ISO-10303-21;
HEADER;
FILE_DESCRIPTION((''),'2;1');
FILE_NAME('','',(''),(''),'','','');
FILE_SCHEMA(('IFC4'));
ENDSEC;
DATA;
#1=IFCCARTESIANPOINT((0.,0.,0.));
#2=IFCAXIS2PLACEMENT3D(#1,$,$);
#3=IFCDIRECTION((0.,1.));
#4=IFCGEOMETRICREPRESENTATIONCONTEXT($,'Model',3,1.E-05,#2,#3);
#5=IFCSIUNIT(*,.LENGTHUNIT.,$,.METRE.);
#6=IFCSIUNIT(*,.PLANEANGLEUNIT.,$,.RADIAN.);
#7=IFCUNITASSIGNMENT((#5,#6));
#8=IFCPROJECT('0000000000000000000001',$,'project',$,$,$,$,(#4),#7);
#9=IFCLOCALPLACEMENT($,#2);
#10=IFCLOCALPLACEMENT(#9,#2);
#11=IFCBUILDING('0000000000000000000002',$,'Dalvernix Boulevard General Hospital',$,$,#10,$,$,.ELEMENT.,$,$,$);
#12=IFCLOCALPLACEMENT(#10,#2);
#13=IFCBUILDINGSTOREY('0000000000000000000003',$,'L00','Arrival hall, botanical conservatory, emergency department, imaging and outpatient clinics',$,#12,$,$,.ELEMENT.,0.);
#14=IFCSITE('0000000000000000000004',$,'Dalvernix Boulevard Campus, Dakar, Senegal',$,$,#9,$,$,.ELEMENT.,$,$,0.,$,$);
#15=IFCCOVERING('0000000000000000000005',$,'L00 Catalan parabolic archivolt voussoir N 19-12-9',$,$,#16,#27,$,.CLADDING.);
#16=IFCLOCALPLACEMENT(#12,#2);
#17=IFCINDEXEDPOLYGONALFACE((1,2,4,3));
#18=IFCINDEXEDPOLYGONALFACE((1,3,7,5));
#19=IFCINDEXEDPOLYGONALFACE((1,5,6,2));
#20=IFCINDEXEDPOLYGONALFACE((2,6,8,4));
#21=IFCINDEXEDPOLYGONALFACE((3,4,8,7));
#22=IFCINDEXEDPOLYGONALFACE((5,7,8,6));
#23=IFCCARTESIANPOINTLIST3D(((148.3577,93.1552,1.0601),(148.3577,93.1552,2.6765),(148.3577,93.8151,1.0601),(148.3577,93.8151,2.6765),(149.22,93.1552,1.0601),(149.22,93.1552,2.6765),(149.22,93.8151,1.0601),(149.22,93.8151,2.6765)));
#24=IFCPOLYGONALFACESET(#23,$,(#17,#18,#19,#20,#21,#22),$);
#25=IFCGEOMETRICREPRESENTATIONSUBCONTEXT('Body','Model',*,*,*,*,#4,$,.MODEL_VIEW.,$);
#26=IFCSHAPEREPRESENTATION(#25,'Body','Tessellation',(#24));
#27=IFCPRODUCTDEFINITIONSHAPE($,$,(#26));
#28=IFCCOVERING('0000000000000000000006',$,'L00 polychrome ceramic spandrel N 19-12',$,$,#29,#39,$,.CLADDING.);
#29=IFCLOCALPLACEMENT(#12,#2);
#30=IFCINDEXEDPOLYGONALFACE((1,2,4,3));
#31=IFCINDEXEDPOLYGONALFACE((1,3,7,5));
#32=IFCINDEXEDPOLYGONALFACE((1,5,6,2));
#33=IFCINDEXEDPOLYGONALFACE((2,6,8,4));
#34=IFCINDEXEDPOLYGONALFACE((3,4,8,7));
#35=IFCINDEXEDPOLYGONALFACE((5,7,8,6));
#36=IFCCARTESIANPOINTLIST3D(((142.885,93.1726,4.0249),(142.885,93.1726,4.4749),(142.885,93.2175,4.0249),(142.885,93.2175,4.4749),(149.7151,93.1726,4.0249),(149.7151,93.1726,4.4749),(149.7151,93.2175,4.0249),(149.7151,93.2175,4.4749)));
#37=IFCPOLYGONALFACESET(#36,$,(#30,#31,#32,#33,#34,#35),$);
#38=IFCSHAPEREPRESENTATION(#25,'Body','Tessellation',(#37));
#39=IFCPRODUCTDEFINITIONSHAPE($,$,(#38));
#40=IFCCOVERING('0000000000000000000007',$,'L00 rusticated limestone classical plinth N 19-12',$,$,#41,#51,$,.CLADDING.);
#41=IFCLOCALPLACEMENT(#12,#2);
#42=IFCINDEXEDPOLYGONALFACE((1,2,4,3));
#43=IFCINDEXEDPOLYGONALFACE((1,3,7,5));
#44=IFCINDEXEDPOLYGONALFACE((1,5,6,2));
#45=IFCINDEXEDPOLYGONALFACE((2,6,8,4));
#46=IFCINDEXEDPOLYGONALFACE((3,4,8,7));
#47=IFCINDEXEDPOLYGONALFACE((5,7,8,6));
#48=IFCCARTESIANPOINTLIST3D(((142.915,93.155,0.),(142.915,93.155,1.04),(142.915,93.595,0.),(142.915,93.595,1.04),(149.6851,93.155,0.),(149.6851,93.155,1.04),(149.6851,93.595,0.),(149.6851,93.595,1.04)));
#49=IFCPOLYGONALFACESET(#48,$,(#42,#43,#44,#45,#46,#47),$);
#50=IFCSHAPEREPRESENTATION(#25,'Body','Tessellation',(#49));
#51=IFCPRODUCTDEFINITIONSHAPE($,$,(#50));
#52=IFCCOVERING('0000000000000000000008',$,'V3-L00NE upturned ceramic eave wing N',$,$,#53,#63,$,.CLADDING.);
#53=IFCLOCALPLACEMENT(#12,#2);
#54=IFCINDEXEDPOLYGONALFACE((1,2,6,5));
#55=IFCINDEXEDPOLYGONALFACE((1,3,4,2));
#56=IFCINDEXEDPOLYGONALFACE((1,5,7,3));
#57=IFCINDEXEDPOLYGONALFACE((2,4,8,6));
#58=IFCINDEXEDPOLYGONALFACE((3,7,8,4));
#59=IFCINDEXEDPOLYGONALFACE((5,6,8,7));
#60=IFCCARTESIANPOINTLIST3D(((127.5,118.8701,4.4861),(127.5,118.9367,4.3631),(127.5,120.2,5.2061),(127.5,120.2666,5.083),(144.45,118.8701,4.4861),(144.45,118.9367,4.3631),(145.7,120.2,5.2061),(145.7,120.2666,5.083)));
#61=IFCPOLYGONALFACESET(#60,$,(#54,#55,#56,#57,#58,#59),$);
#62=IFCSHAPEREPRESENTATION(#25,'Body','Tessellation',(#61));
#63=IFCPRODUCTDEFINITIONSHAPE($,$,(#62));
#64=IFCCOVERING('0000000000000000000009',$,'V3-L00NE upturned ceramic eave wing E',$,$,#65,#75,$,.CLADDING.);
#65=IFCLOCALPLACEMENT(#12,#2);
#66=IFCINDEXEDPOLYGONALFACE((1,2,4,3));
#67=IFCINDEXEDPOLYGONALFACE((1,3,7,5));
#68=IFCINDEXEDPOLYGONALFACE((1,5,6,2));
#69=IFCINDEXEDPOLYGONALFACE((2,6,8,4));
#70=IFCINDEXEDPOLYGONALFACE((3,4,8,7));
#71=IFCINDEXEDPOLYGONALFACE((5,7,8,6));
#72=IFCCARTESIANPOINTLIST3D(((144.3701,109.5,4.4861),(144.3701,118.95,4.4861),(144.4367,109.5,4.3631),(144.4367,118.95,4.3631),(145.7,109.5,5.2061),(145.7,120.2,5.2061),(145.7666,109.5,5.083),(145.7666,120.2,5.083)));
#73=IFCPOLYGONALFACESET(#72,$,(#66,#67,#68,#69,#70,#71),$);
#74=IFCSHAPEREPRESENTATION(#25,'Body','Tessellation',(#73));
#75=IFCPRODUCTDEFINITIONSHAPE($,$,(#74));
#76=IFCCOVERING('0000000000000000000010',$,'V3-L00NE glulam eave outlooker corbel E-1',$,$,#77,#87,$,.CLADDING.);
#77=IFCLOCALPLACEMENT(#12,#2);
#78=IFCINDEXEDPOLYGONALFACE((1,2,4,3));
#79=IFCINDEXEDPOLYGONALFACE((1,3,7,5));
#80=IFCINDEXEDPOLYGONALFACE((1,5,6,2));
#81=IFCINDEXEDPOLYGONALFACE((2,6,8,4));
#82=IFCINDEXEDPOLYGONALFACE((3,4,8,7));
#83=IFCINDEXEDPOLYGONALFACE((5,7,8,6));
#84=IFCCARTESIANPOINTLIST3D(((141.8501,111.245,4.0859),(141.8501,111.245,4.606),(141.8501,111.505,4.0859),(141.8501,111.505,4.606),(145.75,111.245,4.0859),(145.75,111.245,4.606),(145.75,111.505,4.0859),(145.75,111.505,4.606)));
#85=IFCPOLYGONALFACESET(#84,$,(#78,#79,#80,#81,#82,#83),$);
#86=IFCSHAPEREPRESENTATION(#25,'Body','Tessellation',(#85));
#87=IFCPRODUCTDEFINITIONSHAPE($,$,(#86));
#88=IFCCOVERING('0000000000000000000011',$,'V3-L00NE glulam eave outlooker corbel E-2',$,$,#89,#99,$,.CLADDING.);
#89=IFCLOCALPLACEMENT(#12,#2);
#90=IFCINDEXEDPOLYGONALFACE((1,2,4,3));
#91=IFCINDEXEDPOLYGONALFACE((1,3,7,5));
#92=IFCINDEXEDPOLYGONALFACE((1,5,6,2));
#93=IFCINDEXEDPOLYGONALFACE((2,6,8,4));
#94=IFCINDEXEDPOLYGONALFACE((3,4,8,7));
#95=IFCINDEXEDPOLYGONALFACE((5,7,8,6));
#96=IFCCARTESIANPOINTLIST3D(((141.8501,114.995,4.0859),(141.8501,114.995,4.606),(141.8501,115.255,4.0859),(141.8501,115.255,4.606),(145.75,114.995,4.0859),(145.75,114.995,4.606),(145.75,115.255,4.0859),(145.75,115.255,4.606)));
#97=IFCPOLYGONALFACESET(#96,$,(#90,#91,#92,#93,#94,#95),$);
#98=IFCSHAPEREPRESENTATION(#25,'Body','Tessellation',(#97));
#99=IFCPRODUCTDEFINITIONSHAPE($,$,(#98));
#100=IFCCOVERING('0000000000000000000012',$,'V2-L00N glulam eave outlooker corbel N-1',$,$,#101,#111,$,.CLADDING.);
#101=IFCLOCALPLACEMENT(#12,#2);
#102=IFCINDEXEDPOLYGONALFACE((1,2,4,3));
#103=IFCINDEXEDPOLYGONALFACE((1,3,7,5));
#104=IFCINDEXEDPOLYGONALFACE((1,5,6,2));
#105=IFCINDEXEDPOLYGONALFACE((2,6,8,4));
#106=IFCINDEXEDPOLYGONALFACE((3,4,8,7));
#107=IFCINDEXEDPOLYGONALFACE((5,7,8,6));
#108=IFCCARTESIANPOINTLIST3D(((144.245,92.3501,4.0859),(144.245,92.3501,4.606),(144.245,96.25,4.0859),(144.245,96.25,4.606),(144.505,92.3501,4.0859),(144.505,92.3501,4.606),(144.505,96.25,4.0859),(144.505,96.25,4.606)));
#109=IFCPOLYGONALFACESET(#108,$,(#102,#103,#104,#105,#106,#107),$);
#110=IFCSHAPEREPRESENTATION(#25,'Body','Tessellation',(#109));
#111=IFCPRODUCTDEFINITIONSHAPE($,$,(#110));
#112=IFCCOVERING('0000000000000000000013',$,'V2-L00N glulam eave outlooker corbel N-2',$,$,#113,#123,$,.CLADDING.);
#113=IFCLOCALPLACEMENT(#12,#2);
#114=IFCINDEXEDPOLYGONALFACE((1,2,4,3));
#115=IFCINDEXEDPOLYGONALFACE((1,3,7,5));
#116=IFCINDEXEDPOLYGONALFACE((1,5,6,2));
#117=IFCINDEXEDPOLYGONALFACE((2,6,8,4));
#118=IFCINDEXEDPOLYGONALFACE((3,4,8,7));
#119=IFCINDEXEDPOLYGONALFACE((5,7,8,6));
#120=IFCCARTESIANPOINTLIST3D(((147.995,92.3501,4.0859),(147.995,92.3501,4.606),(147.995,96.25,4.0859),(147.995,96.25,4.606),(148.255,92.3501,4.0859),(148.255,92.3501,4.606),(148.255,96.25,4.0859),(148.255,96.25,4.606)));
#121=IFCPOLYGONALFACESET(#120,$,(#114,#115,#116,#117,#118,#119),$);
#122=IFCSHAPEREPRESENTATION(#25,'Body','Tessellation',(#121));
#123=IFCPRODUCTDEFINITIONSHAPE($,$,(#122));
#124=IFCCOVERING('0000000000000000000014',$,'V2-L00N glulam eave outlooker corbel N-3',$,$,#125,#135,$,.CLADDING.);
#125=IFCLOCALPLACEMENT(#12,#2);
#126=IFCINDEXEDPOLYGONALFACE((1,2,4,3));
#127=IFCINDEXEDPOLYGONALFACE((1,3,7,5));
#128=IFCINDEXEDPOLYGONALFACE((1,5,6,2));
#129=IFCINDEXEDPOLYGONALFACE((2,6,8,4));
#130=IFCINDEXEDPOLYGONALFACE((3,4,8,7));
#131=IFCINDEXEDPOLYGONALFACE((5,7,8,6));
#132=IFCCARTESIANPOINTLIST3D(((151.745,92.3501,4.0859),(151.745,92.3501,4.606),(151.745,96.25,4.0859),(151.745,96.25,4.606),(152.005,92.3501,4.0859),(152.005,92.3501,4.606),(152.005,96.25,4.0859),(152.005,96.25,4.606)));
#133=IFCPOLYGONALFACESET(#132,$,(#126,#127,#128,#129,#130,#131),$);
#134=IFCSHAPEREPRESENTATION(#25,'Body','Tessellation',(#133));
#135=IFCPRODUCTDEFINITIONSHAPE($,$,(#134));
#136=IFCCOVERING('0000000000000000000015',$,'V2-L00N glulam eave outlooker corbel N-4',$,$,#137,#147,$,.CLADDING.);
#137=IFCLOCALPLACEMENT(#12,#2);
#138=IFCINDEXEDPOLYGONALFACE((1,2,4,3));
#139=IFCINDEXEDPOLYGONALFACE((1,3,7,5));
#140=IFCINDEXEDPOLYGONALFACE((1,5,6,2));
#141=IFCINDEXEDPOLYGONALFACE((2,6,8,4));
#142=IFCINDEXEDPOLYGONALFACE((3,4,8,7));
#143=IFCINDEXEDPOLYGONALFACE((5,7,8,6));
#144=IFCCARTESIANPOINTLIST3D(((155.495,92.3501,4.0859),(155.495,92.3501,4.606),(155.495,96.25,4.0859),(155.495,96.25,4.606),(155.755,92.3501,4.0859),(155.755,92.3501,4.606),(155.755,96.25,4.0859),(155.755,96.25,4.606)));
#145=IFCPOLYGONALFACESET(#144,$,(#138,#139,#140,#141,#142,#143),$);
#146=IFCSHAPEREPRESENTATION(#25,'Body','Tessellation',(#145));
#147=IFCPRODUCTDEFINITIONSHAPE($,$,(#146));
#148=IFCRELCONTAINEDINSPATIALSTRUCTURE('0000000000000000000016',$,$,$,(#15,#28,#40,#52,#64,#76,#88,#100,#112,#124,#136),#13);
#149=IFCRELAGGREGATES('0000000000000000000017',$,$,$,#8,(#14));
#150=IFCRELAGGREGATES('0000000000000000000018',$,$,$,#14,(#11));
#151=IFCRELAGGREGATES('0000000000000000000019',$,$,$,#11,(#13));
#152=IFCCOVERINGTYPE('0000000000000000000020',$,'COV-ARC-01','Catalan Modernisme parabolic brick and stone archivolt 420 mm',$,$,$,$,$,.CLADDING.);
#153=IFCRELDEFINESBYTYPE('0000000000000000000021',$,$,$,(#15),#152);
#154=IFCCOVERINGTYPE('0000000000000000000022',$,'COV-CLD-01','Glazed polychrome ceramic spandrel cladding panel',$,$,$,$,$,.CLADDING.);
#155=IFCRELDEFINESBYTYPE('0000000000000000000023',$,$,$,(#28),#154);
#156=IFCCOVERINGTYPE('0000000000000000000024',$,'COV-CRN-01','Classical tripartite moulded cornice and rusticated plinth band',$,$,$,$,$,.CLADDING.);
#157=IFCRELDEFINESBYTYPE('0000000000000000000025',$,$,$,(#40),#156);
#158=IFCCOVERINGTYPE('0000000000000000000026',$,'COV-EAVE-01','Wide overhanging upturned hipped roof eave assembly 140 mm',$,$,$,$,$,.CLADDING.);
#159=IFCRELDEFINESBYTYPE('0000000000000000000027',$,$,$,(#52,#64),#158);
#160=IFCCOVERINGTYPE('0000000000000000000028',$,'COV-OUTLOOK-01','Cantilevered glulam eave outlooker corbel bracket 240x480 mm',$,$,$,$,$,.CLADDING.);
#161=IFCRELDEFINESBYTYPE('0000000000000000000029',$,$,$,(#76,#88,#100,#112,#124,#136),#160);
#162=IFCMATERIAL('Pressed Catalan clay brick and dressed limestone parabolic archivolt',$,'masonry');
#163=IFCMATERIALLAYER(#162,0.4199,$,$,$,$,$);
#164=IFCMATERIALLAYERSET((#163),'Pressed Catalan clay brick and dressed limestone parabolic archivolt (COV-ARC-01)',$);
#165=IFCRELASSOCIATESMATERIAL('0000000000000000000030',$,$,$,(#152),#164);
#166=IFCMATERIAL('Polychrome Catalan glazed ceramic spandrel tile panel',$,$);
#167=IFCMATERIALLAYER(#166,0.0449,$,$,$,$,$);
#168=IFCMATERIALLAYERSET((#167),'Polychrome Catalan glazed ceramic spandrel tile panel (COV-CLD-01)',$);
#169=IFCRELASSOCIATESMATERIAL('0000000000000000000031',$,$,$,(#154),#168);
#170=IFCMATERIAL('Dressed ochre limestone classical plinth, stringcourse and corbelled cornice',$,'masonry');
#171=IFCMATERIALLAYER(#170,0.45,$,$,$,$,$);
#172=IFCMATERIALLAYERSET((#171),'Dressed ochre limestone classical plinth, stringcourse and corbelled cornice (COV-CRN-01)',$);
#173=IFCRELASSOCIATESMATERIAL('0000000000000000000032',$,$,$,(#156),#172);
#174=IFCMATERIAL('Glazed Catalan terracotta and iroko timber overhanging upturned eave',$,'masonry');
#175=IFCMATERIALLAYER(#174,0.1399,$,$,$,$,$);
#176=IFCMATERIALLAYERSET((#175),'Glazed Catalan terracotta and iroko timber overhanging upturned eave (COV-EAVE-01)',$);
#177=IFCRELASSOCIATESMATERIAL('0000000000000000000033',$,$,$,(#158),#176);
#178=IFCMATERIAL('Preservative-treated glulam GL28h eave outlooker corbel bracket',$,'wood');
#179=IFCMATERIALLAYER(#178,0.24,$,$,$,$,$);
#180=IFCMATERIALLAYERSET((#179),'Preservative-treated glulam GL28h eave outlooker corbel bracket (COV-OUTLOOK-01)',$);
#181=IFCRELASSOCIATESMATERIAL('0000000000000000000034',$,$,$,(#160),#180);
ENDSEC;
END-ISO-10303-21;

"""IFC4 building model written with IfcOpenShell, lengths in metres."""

from ifc_helpers import new_model, si_unit, direction, frame, origin, origin_2d, place, context, subcontext, project, spatial, polyline, rectangle, outline, extrude, material, layer, layer_set, type_object, element, save


model = new_model("IFC4")

# Units and contexts
model_context = context("Model", 3, precision=1e-05, world=origin(), true_north=direction((0.0, 1.0)))
body_context = subcontext(model_context, "Body", "Model", "MODEL_VIEW")
ifc_project = project(units=[si_unit("LENGTHUNIT", "METRE"), si_unit("PLANEANGLEUNIT", "RADIAN")], contexts=[model_context])

# Site, building, storey
site_placement = place(None, origin())
site = spatial("IfcSite", under=ifc_project, at=site_placement, Name="Dalvernix Boulevard Campus, Dakar, Senegal", CompositionType="ELEMENT", RefElevation=0.0)
building_placement = place(site_placement, origin())
building = spatial("IfcBuilding", under=site, at=building_placement, Name="Dalvernix Boulevard General Hospital", CompositionType="ELEMENT")
storey_placement = place(building_placement, origin())
storey = spatial("IfcBuildingStorey", under=building, at=storey_placement, Name="L00", Description="Arrival hall, botanical conservatory, emergency department, imaging and outpatient clinics", CompositionType="ELEMENT", Elevation=0.0)

# Coverings
ifc_material_1 = material(Name="Pressed Catalan clay brick and dressed limestone parabolic archivolt", Category="masonry")
ifc_layer_1 = layer(ifc_material_1, 0.4199)
ifc_layer_set_1 = layer_set([ifc_layer_1], Name="Pressed Catalan clay brick and dressed limestone parabolic archivolt (COV-ARC-01)")
covering_type_1 = type_object("IfcCoveringType", Name="COV-ARC-01", Description="Catalan Modernisme parabolic brick and stone archivolt 420 mm", PredefinedType="CLADDING", material=ifc_layer_set_1)
covering_1_placement = place(storey_placement, frame((148.7888, 93.4851, 1.0601), z_axis=(0.0, 0.0, 1.0), x_axis=(1.0, 0.0, 0.0)))
element("IfcCovering", 1, at=covering_1_placement, inside=storey, type_object=covering_type_1, Name="L00 Catalan parabolic archivolt voussoir N 19-12-9", PredefinedType="CLADDING", context=body_context, shape_type="SweptSolid", body=[
    extrude(rectangle(XDim=0.8623, YDim=0.6599, at=origin_2d()), origin(), (0.0, 0.0, 1.0), 1.6165),
])
ifc_material_2 = material(Name="Polychrome Catalan glazed ceramic spandrel tile panel")
ifc_layer_2 = layer(ifc_material_2, 0.0449)
ifc_layer_set_2 = layer_set([ifc_layer_2], Name="Polychrome Catalan glazed ceramic spandrel tile panel (COV-CLD-01)")
covering_type_2 = type_object("IfcCoveringType", Name="COV-CLD-01", Description="Glazed polychrome ceramic spandrel cladding panel", PredefinedType="CLADDING", material=ifc_layer_set_2)
covering_2_placement = place(storey_placement, frame((146.3, 93.1951, 4.0249), z_axis=(0.0, 0.0, 1.0), x_axis=(1.0, 0.0, 0.0)))
element("IfcCovering", 2, at=covering_2_placement, inside=storey, type_object=covering_type_2, Name="L00 polychrome ceramic spandrel N 19-12", PredefinedType="CLADDING", context=body_context, shape_type="SweptSolid", body=[
    extrude(rectangle(XDim=6.8301, YDim=0.0449, at=origin_2d()), origin(), (0.0, 0.0, 1.0), 0.45),
])
ifc_material_3 = material(Name="Dressed ochre limestone classical plinth, stringcourse and corbelled cornice", Category="masonry")
ifc_layer_3 = layer(ifc_material_3, 0.45)
ifc_layer_set_3 = layer_set([ifc_layer_3], Name="Dressed ochre limestone classical plinth, stringcourse and corbelled cornice (COV-CRN-01)")
covering_type_3 = type_object("IfcCoveringType", Name="COV-CRN-01", Description="Classical tripartite moulded cornice and rusticated plinth band", PredefinedType="CLADDING", material=ifc_layer_set_3)
covering_3_placement = place(storey_placement, frame((146.3, 93.375, 0.0), z_axis=(0.0, 0.0, 1.0), x_axis=(1.0, 0.0, 0.0)))
element("IfcCovering", 3, at=covering_3_placement, inside=storey, type_object=covering_type_3, Name="L00 rusticated limestone classical plinth N 19-12", PredefinedType="CLADDING", context=body_context, shape_type="SweptSolid", body=[
    extrude(rectangle(XDim=6.77, YDim=0.4399, at=origin_2d()), origin(), (0.0, 0.0, 1.0), 1.04),
])
ifc_material_4 = material(Name="Glazed Catalan terracotta and iroko timber overhanging upturned eave", Category="masonry")
ifc_layer_4 = layer(ifc_material_4, 0.1399)
ifc_layer_set_4 = layer_set([ifc_layer_4], Name="Glazed Catalan terracotta and iroko timber overhanging upturned eave (COV-EAVE-01)")
covering_type_4 = type_object("IfcCoveringType", Name="COV-EAVE-01", Description="Wide overhanging upturned hipped roof eave assembly 140 mm", PredefinedType="CLADDING", material=ifc_layer_set_4)
covering_4_placement = place(storey_placement, frame((144.45, 118.8701, 4.4861), z_axis=(0.0, -0.476101, 0.879391), x_axis=(-1.0, 0.0, 0.0)))
element("IfcCovering", 4, at=covering_4_placement, inside=storey, type_object=covering_type_4, Name="V3-L00NE upturned ceramic eave wing N", PredefinedType="CLADDING", context=body_context, shape_type="SweptSolid", body=[
    extrude(outline(polyline([(0.0, 0.0), (16.95, 0.0), (16.95, -1.5122), (-1.25, -1.5122), (0.0, 0.0)])), origin(), (0.0, 0.0, -1.0), 0.1399),
])
covering_5_placement = place(storey_placement, frame((144.3701, 109.5, 4.4861), z_axis=(-0.476101, 0.0, 0.879391), x_axis=(0.0, 1.0, 0.0)))
element("IfcCovering", 5, at=covering_5_placement, inside=storey, type_object=covering_type_4, Name="V3-L00NE upturned ceramic eave wing E", PredefinedType="CLADDING", context=body_context, shape_type="SweptSolid", body=[
    extrude(outline(polyline([(0.0, 0.0), (9.45, 0.0), (10.7, -1.5122), (0.0, -1.5122), (0.0, 0.0)])), origin(), (0.0, 0.0, -1.0), 0.1399),
])
ifc_material_5 = material(Name="Preservative-treated glulam GL28h eave outlooker corbel bracket", Category="wood")
ifc_layer_5 = layer(ifc_material_5, 0.24)
ifc_layer_set_5 = layer_set([ifc_layer_5], Name="Preservative-treated glulam GL28h eave outlooker corbel bracket (COV-OUTLOOK-01)")
covering_type_5 = type_object("IfcCoveringType", Name="COV-OUTLOOK-01", Description="Cantilevered glulam eave outlooker corbel bracket 240x480 mm", PredefinedType="CLADDING", material=ifc_layer_set_5)
for number, where, z_axis, x_axis, name in (
    (6, (143.8, 111.375, 4.0859), (0.0, 0.0, 1.0), (1.0, 0.0, 0.0), "V3-L00NE glulam eave outlooker corbel E-1"),
    (7, (143.8, 115.125, 4.0859), (0.0, 0.0, 1.0), (1.0, 0.0, 0.0), "V3-L00NE glulam eave outlooker corbel E-2"),
):
    element("IfcCovering", number, at=place(storey_placement, frame(where, z_axis=z_axis, x_axis=x_axis)), inside=storey, type_object=covering_type_5, Name=name, PredefinedType="CLADDING", context=body_context, shape_type="SweptSolid", body=[
        extrude(rectangle(XDim=3.8999, YDim=0.26, at=origin_2d()), origin(), (0.0, 0.0, 1.0), 0.52),
    ])
for number, where, z_axis, x_axis, name in (
    (8, (144.375, 94.3, 4.0859), (0.0, 0.0, 1.0), (1.0, 0.0, 0.0), "V2-L00N glulam eave outlooker corbel N-1"),
    (9, (148.125, 94.3, 4.0859), (0.0, 0.0, 1.0), (1.0, 0.0, 0.0), "V2-L00N glulam eave outlooker corbel N-2"),
    (10, (151.875, 94.3, 4.0859), (0.0, 0.0, 1.0), (1.0, 0.0, 0.0), "V2-L00N glulam eave outlooker corbel N-3"),
    (11, (155.625, 94.3, 4.0859), (0.0, 0.0, 1.0), (1.0, 0.0, 0.0), "V2-L00N glulam eave outlooker corbel N-4"),
):
    element("IfcCovering", number, at=place(storey_placement, frame(where, z_axis=z_axis, x_axis=x_axis)), inside=storey, type_object=covering_type_5, Name=name, PredefinedType="CLADDING", context=body_context, shape_type="SweptSolid", body=[
        extrude(rectangle(XDim=0.26, YDim=3.8999, at=origin_2d()), origin(), (0.0, 0.0, 1.0), 0.52),
    ])

save(model, "model.ifc")
